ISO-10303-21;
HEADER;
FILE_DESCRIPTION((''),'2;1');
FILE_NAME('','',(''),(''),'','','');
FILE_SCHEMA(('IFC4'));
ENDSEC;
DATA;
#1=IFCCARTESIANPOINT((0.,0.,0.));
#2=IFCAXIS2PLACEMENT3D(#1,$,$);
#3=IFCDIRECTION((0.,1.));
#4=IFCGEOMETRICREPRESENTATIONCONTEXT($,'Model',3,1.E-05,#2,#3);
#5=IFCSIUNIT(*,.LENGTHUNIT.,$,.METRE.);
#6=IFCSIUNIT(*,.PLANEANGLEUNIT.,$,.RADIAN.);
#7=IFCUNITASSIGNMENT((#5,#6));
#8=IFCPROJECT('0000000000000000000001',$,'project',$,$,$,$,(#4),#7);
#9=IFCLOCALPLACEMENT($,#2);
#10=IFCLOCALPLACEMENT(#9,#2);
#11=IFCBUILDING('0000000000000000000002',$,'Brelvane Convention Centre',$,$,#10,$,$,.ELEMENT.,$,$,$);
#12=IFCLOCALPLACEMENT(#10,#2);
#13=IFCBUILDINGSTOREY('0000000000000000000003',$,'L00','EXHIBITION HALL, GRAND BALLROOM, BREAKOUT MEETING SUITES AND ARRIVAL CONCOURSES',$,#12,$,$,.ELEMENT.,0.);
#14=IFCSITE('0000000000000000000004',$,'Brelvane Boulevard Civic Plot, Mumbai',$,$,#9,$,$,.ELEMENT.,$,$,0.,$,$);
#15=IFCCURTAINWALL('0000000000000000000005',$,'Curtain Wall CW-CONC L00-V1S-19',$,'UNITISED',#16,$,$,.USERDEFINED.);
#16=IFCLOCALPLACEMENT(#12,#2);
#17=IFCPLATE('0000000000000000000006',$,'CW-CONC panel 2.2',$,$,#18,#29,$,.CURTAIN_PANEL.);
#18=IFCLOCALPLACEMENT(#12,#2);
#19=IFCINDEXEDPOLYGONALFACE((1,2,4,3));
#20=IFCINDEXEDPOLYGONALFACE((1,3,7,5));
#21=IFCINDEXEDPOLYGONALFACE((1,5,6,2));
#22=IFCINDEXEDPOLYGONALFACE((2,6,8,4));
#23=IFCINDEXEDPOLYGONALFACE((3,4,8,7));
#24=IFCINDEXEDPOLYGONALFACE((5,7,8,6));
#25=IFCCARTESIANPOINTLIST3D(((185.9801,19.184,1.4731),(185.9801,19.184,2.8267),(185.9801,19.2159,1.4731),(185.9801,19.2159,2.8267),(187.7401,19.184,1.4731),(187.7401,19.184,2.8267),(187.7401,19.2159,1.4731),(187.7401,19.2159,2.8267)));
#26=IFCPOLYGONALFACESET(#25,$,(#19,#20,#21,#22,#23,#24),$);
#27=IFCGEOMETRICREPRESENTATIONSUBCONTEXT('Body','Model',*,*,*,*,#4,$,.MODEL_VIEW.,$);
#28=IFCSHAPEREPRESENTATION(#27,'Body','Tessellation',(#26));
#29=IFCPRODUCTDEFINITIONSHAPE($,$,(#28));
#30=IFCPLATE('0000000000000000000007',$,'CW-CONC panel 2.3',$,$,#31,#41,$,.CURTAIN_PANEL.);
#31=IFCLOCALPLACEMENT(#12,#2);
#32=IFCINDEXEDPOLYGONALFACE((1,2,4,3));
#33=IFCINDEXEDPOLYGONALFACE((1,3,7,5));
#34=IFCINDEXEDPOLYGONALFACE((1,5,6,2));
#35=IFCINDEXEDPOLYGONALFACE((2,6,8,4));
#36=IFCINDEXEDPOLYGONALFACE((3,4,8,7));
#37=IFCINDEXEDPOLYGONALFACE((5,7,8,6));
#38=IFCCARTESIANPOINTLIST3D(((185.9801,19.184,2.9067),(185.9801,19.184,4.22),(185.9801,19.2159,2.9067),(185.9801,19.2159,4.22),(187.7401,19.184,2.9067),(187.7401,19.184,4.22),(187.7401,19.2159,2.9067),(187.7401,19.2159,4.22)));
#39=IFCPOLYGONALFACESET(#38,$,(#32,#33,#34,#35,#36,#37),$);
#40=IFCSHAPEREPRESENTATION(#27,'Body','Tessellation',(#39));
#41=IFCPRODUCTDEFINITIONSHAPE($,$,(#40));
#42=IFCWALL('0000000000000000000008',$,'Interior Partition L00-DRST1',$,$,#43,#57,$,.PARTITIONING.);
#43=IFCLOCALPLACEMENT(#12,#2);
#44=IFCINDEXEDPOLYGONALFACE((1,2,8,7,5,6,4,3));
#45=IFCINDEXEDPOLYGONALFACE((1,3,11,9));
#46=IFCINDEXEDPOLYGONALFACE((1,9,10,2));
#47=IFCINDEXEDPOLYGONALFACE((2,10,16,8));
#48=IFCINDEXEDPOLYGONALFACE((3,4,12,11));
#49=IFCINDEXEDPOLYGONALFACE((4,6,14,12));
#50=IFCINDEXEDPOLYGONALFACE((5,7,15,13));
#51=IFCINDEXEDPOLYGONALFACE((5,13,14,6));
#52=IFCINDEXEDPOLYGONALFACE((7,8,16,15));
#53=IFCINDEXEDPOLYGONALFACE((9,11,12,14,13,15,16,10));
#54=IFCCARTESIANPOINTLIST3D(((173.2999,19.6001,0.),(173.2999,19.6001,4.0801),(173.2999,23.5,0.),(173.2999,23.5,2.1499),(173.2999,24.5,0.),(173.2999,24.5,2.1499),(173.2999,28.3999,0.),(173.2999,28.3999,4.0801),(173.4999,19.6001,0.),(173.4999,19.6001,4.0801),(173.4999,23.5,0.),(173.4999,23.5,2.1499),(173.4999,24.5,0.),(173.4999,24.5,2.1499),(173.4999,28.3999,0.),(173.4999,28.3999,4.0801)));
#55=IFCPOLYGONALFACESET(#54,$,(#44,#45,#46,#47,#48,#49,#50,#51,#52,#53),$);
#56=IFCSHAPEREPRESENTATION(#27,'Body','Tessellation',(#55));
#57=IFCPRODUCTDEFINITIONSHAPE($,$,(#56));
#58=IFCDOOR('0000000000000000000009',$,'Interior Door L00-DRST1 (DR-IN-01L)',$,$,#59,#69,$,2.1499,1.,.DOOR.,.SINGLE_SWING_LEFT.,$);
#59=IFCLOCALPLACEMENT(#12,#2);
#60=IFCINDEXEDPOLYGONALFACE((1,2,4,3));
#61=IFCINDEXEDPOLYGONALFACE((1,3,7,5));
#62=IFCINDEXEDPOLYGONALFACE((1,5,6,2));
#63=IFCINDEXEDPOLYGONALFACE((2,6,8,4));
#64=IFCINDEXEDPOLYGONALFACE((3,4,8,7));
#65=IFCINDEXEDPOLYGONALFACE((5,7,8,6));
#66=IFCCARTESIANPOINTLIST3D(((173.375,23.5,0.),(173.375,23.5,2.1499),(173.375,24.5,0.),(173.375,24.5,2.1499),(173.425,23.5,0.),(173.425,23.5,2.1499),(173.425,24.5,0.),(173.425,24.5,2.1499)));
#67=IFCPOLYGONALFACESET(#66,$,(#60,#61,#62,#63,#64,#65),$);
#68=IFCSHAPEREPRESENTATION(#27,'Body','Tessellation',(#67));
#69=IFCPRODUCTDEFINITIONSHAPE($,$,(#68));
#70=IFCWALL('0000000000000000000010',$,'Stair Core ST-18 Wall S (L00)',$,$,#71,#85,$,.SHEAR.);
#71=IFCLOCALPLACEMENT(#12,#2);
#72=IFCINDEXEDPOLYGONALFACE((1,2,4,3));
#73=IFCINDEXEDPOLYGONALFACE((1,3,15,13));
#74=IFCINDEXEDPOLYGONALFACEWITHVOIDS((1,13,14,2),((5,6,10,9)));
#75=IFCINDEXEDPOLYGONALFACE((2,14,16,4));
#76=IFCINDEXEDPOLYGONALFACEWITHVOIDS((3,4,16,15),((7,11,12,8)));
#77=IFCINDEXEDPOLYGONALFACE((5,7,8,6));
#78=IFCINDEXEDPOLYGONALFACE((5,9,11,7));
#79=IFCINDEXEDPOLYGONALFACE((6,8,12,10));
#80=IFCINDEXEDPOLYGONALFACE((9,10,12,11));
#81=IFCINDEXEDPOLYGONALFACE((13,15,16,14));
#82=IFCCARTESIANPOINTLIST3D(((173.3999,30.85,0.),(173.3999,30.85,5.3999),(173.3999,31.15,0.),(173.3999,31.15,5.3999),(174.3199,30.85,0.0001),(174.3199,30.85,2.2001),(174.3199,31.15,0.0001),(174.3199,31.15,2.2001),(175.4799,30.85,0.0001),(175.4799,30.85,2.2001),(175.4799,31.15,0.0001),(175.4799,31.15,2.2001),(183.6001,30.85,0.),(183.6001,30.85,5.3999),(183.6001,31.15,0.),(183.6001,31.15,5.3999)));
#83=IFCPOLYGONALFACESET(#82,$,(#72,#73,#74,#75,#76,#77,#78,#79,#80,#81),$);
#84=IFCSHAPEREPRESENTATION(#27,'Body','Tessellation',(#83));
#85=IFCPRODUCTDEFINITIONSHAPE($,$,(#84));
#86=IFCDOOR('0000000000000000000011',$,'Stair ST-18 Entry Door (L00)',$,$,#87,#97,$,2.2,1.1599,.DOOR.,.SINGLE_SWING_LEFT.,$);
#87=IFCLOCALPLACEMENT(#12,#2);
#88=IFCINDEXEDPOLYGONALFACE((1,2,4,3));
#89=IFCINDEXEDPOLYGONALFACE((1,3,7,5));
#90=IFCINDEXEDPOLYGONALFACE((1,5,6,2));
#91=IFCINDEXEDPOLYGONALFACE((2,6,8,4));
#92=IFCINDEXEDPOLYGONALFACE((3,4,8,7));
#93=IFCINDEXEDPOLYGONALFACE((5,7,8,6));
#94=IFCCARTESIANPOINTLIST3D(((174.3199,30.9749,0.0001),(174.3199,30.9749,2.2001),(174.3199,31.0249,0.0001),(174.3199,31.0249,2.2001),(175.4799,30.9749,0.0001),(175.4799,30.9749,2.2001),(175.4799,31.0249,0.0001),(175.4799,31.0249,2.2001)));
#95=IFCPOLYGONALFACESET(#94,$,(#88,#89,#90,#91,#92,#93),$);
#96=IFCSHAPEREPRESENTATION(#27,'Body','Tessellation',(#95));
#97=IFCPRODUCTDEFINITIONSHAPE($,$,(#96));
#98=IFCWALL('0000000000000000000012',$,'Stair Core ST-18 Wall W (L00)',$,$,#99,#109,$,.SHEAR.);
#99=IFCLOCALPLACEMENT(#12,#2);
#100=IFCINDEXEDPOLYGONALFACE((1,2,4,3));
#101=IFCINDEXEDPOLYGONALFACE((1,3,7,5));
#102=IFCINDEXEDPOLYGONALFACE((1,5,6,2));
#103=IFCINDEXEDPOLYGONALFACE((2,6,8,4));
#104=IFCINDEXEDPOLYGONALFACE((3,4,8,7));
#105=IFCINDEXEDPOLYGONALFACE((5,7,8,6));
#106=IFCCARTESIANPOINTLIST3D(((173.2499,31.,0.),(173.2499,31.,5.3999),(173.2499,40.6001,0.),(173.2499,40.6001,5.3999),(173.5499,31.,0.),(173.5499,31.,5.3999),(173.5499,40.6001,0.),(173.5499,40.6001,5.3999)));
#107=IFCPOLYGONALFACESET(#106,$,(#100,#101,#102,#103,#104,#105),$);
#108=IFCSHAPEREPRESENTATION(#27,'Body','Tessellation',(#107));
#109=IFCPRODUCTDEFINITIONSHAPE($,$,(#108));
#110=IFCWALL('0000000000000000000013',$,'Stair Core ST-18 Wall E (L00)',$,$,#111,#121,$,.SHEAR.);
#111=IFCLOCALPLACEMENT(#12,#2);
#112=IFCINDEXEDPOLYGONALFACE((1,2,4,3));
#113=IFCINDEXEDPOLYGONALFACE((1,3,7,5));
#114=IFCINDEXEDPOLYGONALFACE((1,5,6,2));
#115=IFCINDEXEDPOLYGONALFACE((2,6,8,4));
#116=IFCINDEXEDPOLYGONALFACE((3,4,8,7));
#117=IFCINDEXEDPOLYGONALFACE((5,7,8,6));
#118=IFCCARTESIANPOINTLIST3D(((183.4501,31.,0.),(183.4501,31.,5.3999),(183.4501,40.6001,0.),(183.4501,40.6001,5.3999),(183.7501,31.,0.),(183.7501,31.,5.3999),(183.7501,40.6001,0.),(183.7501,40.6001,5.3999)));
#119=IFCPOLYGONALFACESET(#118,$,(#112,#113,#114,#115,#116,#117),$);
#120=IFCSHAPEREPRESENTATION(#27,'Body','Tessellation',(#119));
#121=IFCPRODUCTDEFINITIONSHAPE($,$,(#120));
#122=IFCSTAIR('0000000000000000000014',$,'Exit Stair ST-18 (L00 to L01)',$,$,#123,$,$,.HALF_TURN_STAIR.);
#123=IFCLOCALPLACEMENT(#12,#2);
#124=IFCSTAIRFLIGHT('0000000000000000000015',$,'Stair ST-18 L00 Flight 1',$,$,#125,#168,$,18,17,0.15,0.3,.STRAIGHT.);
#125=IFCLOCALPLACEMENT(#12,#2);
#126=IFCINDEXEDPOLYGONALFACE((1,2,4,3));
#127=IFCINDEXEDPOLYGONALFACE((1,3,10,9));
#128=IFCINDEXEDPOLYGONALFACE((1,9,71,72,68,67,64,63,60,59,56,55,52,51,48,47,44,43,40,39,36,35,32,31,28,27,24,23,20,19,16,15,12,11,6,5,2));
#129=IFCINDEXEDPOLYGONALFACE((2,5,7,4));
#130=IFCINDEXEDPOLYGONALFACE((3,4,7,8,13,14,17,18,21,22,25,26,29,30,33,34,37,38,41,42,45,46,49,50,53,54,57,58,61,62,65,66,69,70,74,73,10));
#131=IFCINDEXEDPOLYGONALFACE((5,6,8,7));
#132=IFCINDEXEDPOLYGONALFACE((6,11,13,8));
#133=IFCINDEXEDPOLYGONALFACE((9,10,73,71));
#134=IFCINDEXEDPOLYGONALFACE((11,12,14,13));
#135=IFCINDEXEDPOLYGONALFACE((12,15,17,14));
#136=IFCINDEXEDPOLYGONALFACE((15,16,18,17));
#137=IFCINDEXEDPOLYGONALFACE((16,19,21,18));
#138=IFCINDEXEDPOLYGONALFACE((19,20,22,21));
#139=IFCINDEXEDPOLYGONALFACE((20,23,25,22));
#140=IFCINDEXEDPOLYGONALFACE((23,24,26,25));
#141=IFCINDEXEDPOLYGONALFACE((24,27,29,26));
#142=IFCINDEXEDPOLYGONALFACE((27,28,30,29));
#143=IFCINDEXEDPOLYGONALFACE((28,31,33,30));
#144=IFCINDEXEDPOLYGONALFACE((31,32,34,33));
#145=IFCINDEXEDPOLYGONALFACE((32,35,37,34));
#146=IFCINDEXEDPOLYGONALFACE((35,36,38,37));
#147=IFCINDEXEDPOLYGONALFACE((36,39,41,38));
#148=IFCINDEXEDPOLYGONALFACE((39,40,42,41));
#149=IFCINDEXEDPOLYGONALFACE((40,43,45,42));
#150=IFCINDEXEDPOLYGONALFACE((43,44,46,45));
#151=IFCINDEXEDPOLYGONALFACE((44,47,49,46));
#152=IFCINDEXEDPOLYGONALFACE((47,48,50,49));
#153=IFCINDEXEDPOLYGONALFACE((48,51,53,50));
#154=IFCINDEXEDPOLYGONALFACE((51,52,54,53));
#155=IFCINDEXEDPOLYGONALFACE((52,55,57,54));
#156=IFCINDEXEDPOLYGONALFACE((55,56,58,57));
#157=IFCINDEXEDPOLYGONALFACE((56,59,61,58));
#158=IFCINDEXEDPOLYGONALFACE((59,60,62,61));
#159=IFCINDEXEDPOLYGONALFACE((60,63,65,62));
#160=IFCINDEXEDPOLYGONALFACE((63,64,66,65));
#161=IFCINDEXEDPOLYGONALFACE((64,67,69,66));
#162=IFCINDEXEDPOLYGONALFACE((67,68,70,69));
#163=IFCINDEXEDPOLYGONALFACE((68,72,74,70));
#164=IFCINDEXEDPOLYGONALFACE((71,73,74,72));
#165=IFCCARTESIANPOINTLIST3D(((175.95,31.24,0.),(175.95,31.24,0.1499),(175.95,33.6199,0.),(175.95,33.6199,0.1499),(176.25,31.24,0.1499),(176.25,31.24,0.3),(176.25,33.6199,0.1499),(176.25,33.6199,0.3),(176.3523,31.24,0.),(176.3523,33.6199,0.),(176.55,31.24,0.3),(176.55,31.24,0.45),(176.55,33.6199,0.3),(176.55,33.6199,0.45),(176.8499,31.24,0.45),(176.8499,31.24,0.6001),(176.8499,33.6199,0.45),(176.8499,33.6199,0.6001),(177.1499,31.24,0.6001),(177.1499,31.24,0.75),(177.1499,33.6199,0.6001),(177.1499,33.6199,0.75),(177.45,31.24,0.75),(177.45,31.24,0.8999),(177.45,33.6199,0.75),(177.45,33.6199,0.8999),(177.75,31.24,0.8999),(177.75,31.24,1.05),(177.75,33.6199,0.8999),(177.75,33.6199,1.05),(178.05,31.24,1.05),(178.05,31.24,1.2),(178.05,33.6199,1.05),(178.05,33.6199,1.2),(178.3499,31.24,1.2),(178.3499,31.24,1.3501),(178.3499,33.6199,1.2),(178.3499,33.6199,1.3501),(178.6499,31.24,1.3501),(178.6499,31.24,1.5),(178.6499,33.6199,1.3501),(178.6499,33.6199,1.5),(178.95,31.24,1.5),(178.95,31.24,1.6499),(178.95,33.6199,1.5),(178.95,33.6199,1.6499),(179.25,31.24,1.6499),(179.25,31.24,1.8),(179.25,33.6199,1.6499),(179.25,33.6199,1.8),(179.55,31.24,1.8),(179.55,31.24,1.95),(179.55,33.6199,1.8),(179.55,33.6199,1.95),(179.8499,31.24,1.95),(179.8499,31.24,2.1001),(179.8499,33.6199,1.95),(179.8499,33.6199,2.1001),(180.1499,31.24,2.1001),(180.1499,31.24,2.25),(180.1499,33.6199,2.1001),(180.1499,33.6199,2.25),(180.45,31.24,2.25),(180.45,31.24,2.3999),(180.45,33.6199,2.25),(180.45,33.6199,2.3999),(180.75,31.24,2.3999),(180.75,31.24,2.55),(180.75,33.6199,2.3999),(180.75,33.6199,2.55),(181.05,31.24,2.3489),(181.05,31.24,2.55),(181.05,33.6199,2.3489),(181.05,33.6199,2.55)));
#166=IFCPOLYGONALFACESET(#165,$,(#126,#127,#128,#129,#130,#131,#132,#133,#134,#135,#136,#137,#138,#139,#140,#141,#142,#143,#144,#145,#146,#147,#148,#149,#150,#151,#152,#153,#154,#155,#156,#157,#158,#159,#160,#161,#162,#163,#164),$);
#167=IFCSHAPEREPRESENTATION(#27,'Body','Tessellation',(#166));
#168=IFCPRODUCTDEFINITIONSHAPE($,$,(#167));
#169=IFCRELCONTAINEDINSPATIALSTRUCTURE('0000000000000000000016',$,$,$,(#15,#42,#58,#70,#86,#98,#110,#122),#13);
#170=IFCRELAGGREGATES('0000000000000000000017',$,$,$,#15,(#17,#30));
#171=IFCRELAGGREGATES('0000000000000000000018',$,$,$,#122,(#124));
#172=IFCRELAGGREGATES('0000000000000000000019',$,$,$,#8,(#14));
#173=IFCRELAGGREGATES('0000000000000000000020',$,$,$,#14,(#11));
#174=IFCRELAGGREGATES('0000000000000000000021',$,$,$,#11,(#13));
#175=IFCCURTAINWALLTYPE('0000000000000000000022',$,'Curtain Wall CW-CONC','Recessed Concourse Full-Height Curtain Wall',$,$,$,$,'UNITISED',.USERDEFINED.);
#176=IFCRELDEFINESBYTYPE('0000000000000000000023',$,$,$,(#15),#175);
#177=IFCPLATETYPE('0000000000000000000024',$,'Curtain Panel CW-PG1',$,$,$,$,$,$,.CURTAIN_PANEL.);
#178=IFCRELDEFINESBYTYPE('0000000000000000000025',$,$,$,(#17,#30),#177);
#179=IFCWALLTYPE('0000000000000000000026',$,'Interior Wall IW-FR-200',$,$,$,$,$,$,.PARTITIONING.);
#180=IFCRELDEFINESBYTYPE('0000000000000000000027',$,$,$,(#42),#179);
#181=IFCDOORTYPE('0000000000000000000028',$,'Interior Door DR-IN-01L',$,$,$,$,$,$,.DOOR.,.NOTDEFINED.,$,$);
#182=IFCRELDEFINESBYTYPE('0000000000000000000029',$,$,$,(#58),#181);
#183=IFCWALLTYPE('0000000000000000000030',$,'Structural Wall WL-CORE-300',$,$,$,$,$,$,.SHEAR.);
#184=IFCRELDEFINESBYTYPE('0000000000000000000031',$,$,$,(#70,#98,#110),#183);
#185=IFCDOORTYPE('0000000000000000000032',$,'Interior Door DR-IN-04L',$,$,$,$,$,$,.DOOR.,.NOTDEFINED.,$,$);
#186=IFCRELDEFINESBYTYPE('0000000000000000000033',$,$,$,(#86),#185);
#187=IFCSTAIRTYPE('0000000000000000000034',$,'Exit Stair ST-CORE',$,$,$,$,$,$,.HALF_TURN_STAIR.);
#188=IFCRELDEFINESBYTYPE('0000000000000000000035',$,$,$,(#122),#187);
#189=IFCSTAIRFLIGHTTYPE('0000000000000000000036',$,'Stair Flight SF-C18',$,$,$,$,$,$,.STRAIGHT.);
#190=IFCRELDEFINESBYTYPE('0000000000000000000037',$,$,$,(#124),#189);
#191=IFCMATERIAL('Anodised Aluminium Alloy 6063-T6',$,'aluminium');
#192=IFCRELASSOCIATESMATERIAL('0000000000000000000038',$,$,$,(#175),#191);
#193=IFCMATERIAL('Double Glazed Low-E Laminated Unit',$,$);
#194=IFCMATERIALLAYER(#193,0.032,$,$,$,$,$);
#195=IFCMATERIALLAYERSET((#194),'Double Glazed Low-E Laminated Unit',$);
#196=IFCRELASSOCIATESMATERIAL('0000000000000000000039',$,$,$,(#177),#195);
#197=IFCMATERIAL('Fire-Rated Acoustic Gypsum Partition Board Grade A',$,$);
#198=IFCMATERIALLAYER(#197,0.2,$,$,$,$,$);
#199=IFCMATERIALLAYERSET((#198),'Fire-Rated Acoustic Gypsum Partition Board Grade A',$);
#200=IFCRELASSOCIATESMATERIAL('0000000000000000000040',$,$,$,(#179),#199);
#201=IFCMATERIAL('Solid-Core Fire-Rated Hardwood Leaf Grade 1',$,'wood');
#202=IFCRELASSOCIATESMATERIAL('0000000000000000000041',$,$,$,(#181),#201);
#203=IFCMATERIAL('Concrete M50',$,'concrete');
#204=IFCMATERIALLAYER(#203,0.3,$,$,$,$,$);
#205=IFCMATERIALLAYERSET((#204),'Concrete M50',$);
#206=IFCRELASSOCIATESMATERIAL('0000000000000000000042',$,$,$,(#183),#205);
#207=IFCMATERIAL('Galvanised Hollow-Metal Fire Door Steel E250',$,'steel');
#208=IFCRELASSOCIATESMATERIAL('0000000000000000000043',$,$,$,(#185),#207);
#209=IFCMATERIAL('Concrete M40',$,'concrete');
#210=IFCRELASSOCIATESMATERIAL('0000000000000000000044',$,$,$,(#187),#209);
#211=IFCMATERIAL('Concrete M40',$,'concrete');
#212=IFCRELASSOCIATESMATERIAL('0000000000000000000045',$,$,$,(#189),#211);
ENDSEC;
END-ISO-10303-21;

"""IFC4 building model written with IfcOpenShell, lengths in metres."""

from ifc_helpers import new_model, si_unit, direction, frame, frame_2d, origin, origin_2d, place, context, subcontext, project, spatial, polyline, rectangle, outline, extrude, material, layer, layer_set, type_object, element, fill, aggregate, save


model = new_model("IFC4")

# Units and contexts
model_context = context("Model", 3, precision=1e-05, world=origin(), true_north=direction((0.0, 1.0)))
body_context = subcontext(model_context, "Body", "Model", "MODEL_VIEW")
ifc_project = project(units=[si_unit("LENGTHUNIT", "METRE"), si_unit("PLANEANGLEUNIT", "RADIAN")], contexts=[model_context])

# Site, building, storey
site_placement = place(None, origin())
site = spatial("IfcSite", under=ifc_project, at=site_placement, Name="Brelvane Boulevard Civic Plot, Mumbai", CompositionType="ELEMENT", RefElevation=0.0)
building_placement = place(site_placement, origin())
building = spatial("IfcBuilding", under=site, at=building_placement, Name="Brelvane Convention Centre", CompositionType="ELEMENT")
storey_placement = place(building_placement, origin())
storey = spatial("IfcBuildingStorey", under=building, at=storey_placement, Name="L00", Description="EXHIBITION HALL, GRAND BALLROOM, BREAKOUT MEETING SUITES AND ARRIVAL CONCOURSES", CompositionType="ELEMENT", Elevation=0.0)

# Curtain wall
ifc_material_1 = material(Name="Anodised Aluminium Alloy 6063-T6", Category="aluminium")
curtain_wall_type = type_object("IfcCurtainWallType", Name="Curtain Wall CW-CONC", Description="Recessed Concourse Full-Height Curtain Wall", ElementType="UNITISED", PredefinedType="USERDEFINED", material=ifc_material_1)
curtain_wall_placement = place(storey_placement, origin())
curtain_wall = element("IfcCurtainWall", 1, at=curtain_wall_placement, inside=storey, type_object=curtain_wall_type, Name="Curtain Wall CW-CONC L00-V1S-19", ObjectType="UNITISED", PredefinedType="USERDEFINED")

# Plates
ifc_material_2 = material(Name="Double Glazed Low-E Laminated Unit")
ifc_layer_1 = layer(ifc_material_2, 0.032)
ifc_layer_set_1 = layer_set([ifc_layer_1], Name="Double Glazed Low-E Laminated Unit")
plate_type = type_object("IfcPlateType", Name="Curtain Panel CW-PG1", PredefinedType="CURTAIN_PANEL", material=ifc_layer_set_1)
plate_1_placement = place(storey_placement, frame((186.8601, 19.2, 1.4731), z_axis=(0.0, 0.0, 1.0), x_axis=(1.0, 0.0, 0.0)))
plate_1 = element("IfcPlate", 2, at=plate_1_placement, type_object=plate_type, Name="CW-CONC panel 2.2", PredefinedType="CURTAIN_PANEL", context=body_context, shape_type="SweptSolid", body=[
    extrude(rectangle(XDim=1.76, YDim=0.032, at=origin_2d()), origin(), (0.0, 0.0, 1.0), 1.3535),
])
plate_2_placement = place(storey_placement, frame((186.8601, 19.2, 2.9067), z_axis=(0.0, 0.0, 1.0), x_axis=(1.0, 0.0, 0.0)))
plate_2 = element("IfcPlate", 3, at=plate_2_placement, type_object=plate_type, Name="CW-CONC panel 2.3", PredefinedType="CURTAIN_PANEL", context=body_context, shape_type="SweptSolid", body=[
    extrude(rectangle(XDim=1.76, YDim=0.032, at=origin_2d()), origin(), (0.0, 0.0, 1.0), 1.3132),
])
aggregate(curtain_wall, [plate_1, plate_2])

# Walls, openings, doors
ifc_material_3 = material(Name="Fire-Rated Acoustic Gypsum Partition Board Grade A")
ifc_layer_2 = layer(ifc_material_3, 0.2)
ifc_layer_set_2 = layer_set([ifc_layer_2], Name="Fire-Rated Acoustic Gypsum Partition Board Grade A")
wall_type_1 = type_object("IfcWallType", Name="Interior Wall IW-FR-200", PredefinedType="PARTITIONING", material=ifc_layer_set_2)
wall_1_placement = place(storey_placement, frame((173.3999, 19.6001, 0.0), z_axis=(0.0, 0.0, 1.0), x_axis=(0.0, 1.0, 0.0)))
wall_1 = element("IfcWall", 4, at=wall_1_placement, inside=storey, type_object=wall_type_1, Name="Interior Partition L00-DRST1", PredefinedType="PARTITIONING", context=body_context, shape_type="SweptSolid", body=[
    extrude(rectangle(XDim=8.7998, YDim=0.2, at=frame_2d((4.3999, 0.0))), origin(), (0.0, 0.0, 1.0), 4.0801),
])
opening_1_placement = place(wall_1_placement, frame((3.8999, 0.0, 0.0)))
opening_1 = element("IfcOpeningElement", 5, at=opening_1_placement, cuts=wall_1, PredefinedType="OPENING", context=body_context, shape_type="SweptSolid", body=[
    extrude(rectangle(XDim=1.0, YDim=2.1499, at=frame_2d((0.5, 1.075))), frame((0.0, 0.1099, 0.0), z_axis=(0.0, -1.0, 0.0), x_axis=(1.0, 0.0, 0.0)), (0.0, 0.0, 1.0), 0.22),
])
ifc_material_4 = material(Name="Solid-Core Fire-Rated Hardwood Leaf Grade 1", Category="wood")
door_type_1 = type_object("IfcDoorType", Name="Interior Door DR-IN-01L", OperationType="NOTDEFINED", PredefinedType="DOOR", material=ifc_material_4)
door_1_placement = place(opening_1_placement, origin())
door_1 = element("IfcDoor", 6, at=door_1_placement, inside=storey, type_object=door_type_1, Name="Interior Door L00-DRST1 (DR-IN-01L)", OperationType="SINGLE_SWING_LEFT", OverallHeight=2.1499, OverallWidth=1.0, PredefinedType="DOOR", context=body_context, shape_type="SweptSolid", body=[
    extrude(rectangle(XDim=1.0, YDim=2.1499, at=frame_2d((0.5, 1.075))), frame((0.0, 0.0249, 0.0), z_axis=(0.0, -1.0, 0.0), x_axis=(1.0, 0.0, 0.0)), (0.0, 0.0, 1.0), 0.05),
])
fill(opening_1, door_1)
ifc_material_5 = material(Name="Concrete M50", Category="concrete")
ifc_layer_3 = layer(ifc_material_5, 0.3)
ifc_layer_set_3 = layer_set([ifc_layer_3], Name="Concrete M50")
wall_type_2 = type_object("IfcWallType", Name="Structural Wall WL-CORE-300", PredefinedType="SHEAR", material=ifc_layer_set_3)
wall_2_placement = place(storey_placement, frame((173.3999, 31.0, 0.0), z_axis=(0.0, 0.0, 1.0), x_axis=(1.0, 0.0, 0.0)))
wall_2 = element("IfcWall", 7, at=wall_2_placement, inside=storey, type_object=wall_type_2, Name="Stair Core ST-18 Wall S (L00)", PredefinedType="SHEAR", context=body_context, shape_type="SweptSolid", body=[
    extrude(rectangle(XDim=10.2002, YDim=0.3, at=frame_2d((5.1001, 0.0))), origin(), (0.0, 0.0, 1.0), 5.3999),
])
opening_2_placement = place(wall_2_placement, frame((0.9199, 0.0, 0.0)))
opening_2 = element("IfcOpeningElement", 8, at=opening_2_placement, cuts=wall_2, PredefinedType="OPENING", context=body_context, shape_type="SweptSolid", body=[
    extrude(rectangle(XDim=1.1599, YDim=2.2, at=frame_2d((0.5801, 1.1001))), frame((0.0, 0.1599, 0.0), z_axis=(0.0, -1.0, 0.0), x_axis=(1.0, 0.0, 0.0)), (0.0, 0.0, 1.0), 0.3201),
])
ifc_material_6 = material(Name="Galvanised Hollow-Metal Fire Door Steel E250", Category="steel")
door_type_2 = type_object("IfcDoorType", Name="Interior Door DR-IN-04L", OperationType="NOTDEFINED", PredefinedType="DOOR", material=ifc_material_6)
door_2_placement = place(opening_2_placement, origin())
door_2 = element("IfcDoor", 9, at=door_2_placement, inside=storey, type_object=door_type_2, Name="Stair ST-18 Entry Door (L00)", OperationType="SINGLE_SWING_LEFT", OverallHeight=2.2, OverallWidth=1.1599, PredefinedType="DOOR", context=body_context, shape_type="SweptSolid", body=[
    extrude(rectangle(XDim=1.1599, YDim=2.2, at=frame_2d((0.5801, 1.1001))), frame((0.0, 0.0249, 0.0), z_axis=(0.0, -1.0, 0.0), x_axis=(1.0, 0.0, 0.0)), (0.0, 0.0, 1.0), 0.05),
])
fill(opening_2, door_2)

# Walls
for number, where, z_axis, x_axis, name in (
    (10, (173.3999, 31.0, 0.0), (0.0, 0.0, 1.0), (0.0, 1.0, 0.0), "Stair Core ST-18 Wall W (L00)"),
    (11, (183.6001, 31.0, 0.0), (0.0, 0.0, 1.0), (0.0, 1.0, 0.0), "Stair Core ST-18 Wall E (L00)"),
):
    element("IfcWall", number, at=place(storey_placement, frame(where, z_axis=z_axis, x_axis=x_axis)), inside=storey, type_object=wall_type_2, Name=name, PredefinedType="SHEAR", context=body_context, shape_type="SweptSolid", body=[
        extrude(rectangle(XDim=9.6001, YDim=0.3, at=frame_2d((4.8, 0.0))), origin(), (0.0, 0.0, 1.0), 5.3999),
    ])

# Stair, stair flight
ifc_material_7 = material(Name="Concrete M40", Category="concrete")
stair_type = type_object("IfcStairType", Name="Exit Stair ST-CORE", PredefinedType="HALF_TURN_STAIR", material=ifc_material_7)
stair_placement = place(storey_placement, origin())
stair = element("IfcStair", 12, at=stair_placement, inside=storey, type_object=stair_type, Name="Exit Stair ST-18 (L00 to L01)", PredefinedType="HALF_TURN_STAIR")
ifc_material_8 = material(Name="Concrete M40", Category="concrete")
stair_flight_type = type_object("IfcStairFlightType", Name="Stair Flight SF-C18", PredefinedType="STRAIGHT", material=ifc_material_8)
stair_flight_placement = place(storey_placement, frame((175.95, 32.4299, 0.0), z_axis=(0.0, 0.0, 1.0), x_axis=(1.0, 0.0, 0.0)))
stair_flight = element("IfcStairFlight", 13, at=stair_flight_placement, type_object=stair_flight_type, Name="Stair ST-18 L00 Flight 1", NumberOfRisers=18, NumberOfTreads=17, PredefinedType="STRAIGHT", RiserHeight=0.15, TreadLength=0.3, context=body_context, shape_type="SweptSolid", body=[
    extrude(outline(polyline([(0.0, 0.0), (0.0, 0.1499), (0.3, 0.1499), (0.3, 0.3), (0.6001, 0.3), (0.6001, 0.45), (0.8999, 0.45), (0.8999, 0.6001), (1.2, 0.6001), (1.2, 0.75), (1.5, 0.75), (1.5, 0.8999), (1.8, 0.8999), (1.8, 1.05), (2.1001, 1.05), (2.1001, 1.2), (2.3999, 1.2), (2.3999, 1.3501), (2.7, 1.3501), (2.7, 1.5), (3.0, 1.5), (3.0, 1.6499), (3.3, 1.6499), (3.3, 1.8), (3.6001, 1.8), (3.6001, 1.95), (3.8999, 1.95), (3.8999, 2.1001), (4.2, 2.1001), (4.2, 2.25), (4.5, 2.25), (4.5, 2.3999), (4.8, 2.3999), (4.8, 2.55), (5.1001, 2.55), (5.1001, 2.7), (5.1001, 2.3489), (0.4023, 0.0), (0.0, 0.0)])), frame((0.0, 1.1899, 0.0), z_axis=(0.0, -1.0, 0.0), x_axis=(1.0, 0.0, 0.0)), (0.0, 0.0, 1.0), 2.3799),
])
aggregate(stair, [stair_flight])

save(model, "model.ifc")
